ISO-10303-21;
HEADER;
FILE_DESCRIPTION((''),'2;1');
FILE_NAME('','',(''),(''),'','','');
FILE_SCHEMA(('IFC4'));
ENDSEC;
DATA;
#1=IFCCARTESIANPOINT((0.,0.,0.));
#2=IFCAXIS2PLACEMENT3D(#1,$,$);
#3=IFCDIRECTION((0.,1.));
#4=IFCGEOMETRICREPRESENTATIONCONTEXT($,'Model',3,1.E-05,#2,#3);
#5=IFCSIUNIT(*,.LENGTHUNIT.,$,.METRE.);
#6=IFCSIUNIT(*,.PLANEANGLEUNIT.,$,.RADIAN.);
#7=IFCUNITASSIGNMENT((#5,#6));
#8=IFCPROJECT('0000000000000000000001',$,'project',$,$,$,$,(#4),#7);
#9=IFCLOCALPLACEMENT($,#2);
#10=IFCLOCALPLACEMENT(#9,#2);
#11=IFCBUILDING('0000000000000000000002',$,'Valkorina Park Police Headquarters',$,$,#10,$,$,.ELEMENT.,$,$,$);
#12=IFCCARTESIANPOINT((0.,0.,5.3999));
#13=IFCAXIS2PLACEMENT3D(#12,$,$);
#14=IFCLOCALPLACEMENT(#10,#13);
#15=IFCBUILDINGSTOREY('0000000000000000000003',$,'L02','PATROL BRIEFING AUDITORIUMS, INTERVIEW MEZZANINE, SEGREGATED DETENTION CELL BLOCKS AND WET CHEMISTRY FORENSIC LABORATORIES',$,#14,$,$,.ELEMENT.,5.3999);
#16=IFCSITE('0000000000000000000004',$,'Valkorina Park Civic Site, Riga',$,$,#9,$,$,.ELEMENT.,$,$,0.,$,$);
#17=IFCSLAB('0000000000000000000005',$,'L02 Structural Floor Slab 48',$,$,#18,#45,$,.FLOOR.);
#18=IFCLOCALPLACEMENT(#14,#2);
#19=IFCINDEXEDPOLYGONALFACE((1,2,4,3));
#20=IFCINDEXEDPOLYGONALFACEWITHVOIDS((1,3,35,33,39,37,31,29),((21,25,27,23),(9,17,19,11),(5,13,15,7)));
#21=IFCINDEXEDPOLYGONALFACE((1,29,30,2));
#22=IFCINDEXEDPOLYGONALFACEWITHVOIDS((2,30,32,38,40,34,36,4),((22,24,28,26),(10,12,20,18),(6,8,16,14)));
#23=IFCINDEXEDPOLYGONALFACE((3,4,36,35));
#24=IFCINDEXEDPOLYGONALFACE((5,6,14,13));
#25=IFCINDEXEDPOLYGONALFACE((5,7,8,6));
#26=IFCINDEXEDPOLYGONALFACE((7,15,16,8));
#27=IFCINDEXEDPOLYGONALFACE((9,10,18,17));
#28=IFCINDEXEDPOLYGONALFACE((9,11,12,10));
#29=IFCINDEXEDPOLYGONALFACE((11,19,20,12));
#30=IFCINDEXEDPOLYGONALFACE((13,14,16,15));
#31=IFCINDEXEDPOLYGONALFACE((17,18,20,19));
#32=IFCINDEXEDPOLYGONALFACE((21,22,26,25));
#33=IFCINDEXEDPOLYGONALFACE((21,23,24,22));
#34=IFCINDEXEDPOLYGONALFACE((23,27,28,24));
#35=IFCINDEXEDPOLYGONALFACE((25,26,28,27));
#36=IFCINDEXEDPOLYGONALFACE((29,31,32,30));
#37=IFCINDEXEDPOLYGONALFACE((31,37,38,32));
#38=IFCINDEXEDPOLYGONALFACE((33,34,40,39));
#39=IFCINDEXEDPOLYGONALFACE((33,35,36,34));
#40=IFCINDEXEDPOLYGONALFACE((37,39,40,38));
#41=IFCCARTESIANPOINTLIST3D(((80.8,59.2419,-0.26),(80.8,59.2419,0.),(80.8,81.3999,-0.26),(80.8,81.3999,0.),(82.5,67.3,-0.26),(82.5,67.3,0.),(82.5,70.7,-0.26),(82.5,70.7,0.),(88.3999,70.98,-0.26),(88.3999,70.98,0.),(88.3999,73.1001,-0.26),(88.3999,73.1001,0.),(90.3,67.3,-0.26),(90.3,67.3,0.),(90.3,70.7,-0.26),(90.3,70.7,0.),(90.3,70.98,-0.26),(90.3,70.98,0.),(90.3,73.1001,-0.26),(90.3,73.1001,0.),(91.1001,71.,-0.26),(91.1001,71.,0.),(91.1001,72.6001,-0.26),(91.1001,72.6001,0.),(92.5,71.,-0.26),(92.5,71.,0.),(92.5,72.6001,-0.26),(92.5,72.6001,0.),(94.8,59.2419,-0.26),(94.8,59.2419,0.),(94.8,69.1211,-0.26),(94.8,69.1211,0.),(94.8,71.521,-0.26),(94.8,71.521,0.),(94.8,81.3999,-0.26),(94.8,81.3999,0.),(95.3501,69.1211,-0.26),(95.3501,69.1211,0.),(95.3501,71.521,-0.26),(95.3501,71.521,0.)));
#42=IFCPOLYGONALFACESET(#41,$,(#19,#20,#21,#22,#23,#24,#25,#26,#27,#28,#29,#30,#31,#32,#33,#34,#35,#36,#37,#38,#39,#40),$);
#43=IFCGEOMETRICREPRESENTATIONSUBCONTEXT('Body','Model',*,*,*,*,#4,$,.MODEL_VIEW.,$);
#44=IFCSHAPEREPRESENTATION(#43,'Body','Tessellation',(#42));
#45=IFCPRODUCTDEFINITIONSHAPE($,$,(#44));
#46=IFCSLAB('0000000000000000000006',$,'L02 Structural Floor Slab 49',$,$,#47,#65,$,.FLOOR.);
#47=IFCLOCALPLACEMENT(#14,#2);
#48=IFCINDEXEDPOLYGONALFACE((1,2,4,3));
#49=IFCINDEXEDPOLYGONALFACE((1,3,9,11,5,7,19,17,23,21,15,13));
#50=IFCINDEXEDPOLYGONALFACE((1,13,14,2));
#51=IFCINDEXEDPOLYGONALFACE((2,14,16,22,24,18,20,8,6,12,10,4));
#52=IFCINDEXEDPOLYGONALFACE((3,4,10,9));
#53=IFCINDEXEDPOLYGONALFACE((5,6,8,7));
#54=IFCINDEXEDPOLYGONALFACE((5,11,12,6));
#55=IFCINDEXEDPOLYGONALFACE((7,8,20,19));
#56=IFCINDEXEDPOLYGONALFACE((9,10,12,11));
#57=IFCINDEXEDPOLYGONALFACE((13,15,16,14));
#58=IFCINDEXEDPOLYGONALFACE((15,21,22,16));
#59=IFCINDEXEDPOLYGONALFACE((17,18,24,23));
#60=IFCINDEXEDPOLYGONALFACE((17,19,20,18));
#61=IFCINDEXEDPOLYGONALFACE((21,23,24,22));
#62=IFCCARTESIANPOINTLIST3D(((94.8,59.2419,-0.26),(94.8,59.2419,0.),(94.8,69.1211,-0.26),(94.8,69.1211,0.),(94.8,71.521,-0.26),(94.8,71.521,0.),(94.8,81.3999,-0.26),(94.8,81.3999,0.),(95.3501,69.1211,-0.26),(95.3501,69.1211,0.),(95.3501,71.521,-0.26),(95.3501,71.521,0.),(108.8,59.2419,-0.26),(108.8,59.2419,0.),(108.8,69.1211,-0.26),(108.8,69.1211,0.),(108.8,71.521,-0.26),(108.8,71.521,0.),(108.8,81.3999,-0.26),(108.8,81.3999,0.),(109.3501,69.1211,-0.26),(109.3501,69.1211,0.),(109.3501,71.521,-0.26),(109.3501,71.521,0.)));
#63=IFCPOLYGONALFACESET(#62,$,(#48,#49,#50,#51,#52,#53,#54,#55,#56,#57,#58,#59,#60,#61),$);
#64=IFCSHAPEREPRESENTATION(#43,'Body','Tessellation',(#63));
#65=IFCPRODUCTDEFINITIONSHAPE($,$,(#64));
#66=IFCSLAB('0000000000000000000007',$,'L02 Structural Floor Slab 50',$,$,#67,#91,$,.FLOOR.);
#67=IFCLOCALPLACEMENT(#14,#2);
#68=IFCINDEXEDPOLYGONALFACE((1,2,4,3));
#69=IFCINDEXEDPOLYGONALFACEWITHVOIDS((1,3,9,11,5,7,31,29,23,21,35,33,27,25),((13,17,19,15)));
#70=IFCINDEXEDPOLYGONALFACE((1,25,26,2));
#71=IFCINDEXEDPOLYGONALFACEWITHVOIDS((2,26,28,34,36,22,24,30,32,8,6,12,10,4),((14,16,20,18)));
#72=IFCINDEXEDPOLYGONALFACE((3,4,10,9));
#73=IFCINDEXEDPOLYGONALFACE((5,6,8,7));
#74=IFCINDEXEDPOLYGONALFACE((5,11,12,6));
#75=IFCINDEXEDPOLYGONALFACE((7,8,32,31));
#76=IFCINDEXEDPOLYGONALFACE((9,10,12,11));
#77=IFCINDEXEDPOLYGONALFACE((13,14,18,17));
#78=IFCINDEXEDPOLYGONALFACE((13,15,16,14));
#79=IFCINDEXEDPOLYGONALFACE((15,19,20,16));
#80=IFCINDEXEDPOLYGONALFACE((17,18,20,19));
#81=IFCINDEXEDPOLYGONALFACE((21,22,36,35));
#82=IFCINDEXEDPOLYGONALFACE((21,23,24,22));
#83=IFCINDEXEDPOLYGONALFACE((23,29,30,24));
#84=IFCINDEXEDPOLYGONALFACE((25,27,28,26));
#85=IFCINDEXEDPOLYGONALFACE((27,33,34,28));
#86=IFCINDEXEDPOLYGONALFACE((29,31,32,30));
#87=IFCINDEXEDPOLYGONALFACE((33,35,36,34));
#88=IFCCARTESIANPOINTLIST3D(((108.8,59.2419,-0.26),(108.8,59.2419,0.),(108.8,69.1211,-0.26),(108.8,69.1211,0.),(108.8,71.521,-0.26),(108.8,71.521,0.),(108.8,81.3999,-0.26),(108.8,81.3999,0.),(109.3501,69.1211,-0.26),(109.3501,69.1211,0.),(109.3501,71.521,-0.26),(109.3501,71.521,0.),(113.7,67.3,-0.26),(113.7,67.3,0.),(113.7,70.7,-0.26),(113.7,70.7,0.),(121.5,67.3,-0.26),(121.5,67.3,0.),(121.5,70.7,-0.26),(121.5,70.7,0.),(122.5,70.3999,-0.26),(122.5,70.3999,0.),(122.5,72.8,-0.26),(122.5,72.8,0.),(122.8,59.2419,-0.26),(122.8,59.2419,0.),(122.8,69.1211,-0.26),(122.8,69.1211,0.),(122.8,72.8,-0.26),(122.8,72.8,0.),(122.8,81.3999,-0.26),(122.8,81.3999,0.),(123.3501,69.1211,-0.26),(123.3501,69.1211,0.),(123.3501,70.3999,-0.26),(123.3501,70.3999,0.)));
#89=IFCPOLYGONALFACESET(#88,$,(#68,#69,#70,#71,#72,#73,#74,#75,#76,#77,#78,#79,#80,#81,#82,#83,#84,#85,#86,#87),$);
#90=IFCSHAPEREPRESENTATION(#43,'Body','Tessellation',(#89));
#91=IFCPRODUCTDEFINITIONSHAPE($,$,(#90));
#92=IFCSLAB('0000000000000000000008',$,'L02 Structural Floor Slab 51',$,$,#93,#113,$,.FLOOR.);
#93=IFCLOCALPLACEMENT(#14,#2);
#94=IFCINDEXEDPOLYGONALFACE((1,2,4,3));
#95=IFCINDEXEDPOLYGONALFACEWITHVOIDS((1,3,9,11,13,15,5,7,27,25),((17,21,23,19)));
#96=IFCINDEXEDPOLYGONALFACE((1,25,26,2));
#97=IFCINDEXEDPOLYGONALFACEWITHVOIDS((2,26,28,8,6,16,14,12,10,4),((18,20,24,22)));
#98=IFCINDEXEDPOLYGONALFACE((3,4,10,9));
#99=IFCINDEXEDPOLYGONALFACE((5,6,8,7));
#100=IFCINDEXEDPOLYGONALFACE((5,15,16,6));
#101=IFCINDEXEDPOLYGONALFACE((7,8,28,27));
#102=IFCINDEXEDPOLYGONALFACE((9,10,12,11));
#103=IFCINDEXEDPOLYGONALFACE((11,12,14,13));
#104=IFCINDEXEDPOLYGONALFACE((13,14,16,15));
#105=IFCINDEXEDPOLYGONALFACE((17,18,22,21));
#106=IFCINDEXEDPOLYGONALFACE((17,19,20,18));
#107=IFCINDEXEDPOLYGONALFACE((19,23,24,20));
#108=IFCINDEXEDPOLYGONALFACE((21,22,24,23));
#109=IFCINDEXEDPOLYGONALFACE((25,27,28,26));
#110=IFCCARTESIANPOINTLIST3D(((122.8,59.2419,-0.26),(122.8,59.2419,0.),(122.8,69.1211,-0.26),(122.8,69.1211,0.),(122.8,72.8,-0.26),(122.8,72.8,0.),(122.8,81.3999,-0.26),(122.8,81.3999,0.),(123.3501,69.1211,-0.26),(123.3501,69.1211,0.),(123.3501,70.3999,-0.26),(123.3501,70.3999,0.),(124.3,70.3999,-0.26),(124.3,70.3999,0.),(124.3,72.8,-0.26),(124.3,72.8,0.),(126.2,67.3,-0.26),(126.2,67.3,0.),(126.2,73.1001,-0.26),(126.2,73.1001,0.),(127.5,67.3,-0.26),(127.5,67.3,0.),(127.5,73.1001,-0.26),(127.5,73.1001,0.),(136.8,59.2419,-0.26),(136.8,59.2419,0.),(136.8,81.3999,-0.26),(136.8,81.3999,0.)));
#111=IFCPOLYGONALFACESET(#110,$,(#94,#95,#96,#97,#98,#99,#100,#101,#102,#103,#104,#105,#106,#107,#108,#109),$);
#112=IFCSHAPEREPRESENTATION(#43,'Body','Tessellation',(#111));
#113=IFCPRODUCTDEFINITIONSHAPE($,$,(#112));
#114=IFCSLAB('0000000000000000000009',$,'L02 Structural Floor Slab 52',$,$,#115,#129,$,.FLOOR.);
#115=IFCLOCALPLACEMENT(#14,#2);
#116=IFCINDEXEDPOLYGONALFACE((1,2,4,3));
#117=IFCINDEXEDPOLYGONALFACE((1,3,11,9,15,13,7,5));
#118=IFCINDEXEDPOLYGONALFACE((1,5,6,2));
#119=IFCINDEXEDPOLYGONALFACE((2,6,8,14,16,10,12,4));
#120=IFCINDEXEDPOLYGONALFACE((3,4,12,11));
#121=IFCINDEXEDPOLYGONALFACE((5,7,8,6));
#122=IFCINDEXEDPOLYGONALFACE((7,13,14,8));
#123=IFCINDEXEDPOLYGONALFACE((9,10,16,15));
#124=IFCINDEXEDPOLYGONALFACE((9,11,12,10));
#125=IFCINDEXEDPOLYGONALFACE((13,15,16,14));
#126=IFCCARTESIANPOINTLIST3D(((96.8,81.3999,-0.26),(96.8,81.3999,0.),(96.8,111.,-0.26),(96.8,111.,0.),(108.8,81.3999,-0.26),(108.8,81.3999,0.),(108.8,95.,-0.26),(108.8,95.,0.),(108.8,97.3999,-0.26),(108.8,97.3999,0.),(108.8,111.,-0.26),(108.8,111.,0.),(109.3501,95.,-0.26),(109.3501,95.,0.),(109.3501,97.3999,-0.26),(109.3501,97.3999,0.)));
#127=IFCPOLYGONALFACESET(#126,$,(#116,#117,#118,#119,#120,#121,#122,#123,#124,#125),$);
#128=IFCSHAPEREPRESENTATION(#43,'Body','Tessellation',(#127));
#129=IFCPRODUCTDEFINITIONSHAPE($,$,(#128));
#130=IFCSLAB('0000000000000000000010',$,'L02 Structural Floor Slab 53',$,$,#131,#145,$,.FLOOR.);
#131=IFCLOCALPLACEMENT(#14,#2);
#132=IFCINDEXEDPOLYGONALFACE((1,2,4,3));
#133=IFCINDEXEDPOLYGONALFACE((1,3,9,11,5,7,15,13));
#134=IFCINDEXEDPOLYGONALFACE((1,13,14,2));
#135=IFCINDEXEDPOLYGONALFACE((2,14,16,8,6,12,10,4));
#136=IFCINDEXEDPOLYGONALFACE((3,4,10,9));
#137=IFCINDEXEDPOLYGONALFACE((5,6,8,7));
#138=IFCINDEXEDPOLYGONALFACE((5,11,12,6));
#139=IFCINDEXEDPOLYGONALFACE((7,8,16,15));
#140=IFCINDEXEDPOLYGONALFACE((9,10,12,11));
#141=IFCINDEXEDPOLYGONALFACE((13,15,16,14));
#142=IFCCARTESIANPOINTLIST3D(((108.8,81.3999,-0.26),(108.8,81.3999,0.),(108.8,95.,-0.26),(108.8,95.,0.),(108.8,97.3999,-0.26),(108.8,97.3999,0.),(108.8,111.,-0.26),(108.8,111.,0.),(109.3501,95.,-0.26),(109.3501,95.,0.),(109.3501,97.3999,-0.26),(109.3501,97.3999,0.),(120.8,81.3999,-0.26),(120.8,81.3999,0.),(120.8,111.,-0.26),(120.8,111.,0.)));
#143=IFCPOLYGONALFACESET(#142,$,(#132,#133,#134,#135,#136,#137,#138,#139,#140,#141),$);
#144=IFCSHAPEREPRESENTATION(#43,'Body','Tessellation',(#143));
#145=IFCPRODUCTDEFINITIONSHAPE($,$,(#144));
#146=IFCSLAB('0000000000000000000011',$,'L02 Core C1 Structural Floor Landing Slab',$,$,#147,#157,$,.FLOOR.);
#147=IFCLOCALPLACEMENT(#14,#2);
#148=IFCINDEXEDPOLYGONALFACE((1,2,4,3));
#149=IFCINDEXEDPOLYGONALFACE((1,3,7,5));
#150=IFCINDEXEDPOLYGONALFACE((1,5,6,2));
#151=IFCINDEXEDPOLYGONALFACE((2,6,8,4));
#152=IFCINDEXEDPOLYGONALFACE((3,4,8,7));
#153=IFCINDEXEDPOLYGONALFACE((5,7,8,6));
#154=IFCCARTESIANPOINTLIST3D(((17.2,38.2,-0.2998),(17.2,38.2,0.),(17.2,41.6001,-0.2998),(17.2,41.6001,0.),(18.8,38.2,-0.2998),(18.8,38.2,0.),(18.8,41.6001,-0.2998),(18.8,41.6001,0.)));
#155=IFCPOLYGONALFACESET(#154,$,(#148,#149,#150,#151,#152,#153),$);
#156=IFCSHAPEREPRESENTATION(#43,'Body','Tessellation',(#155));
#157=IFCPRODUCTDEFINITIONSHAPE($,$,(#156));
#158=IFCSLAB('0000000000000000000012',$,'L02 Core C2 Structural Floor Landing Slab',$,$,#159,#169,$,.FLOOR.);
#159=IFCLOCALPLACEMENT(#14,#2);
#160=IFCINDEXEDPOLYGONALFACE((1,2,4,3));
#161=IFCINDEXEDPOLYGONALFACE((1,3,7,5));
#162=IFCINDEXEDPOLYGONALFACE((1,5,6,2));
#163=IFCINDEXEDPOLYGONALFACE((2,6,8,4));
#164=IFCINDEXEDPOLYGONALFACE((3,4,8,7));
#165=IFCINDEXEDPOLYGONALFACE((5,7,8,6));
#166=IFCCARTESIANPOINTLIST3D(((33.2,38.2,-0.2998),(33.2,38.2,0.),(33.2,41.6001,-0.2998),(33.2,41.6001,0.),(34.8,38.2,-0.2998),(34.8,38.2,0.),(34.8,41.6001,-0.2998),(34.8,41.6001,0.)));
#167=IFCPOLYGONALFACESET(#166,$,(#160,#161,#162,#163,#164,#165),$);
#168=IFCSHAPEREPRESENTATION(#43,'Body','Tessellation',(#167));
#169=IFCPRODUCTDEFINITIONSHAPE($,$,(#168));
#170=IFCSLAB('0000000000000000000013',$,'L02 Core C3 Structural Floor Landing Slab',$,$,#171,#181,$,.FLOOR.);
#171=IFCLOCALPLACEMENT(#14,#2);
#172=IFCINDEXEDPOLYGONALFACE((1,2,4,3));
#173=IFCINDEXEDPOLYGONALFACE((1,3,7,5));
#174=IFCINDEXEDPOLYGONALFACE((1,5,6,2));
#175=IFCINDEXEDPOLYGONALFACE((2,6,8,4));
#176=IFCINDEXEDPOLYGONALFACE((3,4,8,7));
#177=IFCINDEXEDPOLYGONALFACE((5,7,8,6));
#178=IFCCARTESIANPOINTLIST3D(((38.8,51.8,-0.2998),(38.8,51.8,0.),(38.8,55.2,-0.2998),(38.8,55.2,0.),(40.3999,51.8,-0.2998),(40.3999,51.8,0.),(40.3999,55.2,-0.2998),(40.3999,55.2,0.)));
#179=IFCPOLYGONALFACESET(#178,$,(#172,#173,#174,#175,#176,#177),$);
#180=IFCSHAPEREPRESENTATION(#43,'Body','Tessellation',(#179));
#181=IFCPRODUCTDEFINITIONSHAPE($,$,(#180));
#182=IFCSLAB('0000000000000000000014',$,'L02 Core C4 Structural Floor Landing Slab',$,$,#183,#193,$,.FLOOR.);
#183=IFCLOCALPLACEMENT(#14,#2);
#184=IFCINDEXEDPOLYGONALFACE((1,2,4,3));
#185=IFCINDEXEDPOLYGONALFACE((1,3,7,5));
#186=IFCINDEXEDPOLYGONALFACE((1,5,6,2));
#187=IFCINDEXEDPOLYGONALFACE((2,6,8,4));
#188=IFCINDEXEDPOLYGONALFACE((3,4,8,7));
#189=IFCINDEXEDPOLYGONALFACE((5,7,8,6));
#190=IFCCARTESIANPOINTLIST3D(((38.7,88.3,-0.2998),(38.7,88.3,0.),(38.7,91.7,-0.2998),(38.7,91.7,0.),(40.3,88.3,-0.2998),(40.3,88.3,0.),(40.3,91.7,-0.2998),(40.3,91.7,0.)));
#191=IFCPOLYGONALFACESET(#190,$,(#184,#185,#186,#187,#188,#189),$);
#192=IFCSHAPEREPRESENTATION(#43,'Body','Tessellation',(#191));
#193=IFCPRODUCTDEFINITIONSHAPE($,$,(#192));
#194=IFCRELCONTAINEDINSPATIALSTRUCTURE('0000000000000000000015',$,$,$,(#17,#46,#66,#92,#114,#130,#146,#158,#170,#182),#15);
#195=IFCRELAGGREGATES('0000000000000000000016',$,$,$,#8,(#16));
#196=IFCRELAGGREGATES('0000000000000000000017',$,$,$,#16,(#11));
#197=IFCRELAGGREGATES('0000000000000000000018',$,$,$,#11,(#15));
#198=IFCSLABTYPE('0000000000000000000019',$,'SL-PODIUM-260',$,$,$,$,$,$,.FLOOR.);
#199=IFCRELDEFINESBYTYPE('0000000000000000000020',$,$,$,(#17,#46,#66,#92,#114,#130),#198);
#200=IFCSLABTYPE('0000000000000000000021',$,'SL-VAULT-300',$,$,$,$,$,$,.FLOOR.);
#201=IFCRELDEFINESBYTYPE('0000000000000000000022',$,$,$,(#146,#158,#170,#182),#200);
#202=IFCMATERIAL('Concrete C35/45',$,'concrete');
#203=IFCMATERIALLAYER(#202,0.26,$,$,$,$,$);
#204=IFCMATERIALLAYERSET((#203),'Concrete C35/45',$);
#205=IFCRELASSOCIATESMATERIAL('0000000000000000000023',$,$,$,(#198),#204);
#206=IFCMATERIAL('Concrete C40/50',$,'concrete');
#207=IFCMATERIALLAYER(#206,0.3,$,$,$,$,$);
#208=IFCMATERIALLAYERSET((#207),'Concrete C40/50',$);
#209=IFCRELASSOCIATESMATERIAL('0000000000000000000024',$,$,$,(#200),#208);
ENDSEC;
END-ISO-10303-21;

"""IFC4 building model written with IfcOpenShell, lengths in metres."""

from ifc_helpers import new_model, si_unit, direction, frame, origin, place, context, subcontext, project, spatial, polyline, outline, extrude, material, layer, layer_set, type_object, element, save


model = new_model("IFC4")

# Units and contexts
model_context = context("Model", 3, precision=1e-05, world=origin(), true_north=direction((0.0, 1.0)))
body_context = subcontext(model_context, "Body", "Model", "MODEL_VIEW")
ifc_project = project(units=[si_unit("LENGTHUNIT", "METRE"), si_unit("PLANEANGLEUNIT", "RADIAN")], contexts=[model_context])

# Site, building, storey
site_placement = place(None, origin())
site = spatial("IfcSite", under=ifc_project, at=site_placement, Name="Valkorina Park Civic Site, Riga", CompositionType="ELEMENT", RefElevation=0.0)
building_placement = place(site_placement, origin())
building = spatial("IfcBuilding", under=site, at=building_placement, Name="Valkorina Park Police Headquarters", CompositionType="ELEMENT")
storey_placement = place(building_placement, frame((0.0, 0.0, 5.3999)))
storey = spatial("IfcBuildingStorey", under=building, at=storey_placement, Name="L02", Description="PATROL BRIEFING AUDITORIUMS, INTERVIEW MEZZANINE, SEGREGATED DETENTION CELL BLOCKS AND WET CHEMISTRY FORENSIC LABORATORIES", CompositionType="ELEMENT", Elevation=5.3999)

# Shared definitions
ifc_material_1 = material(Name="Concrete C35/45", Category="concrete")

# Slabs
ifc_layer_1 = layer(ifc_material_1, 0.26)
ifc_layer_set_1 = layer_set([ifc_layer_1], Name="Concrete C35/45")
slab_type_1 = type_object("IfcSlabType", Name="SL-PODIUM-260", PredefinedType="FLOOR", material=ifc_layer_set_1)
slab_1_placement = place(storey_placement, frame((0.0, 0.0, -0.26)))
element("IfcSlab", 1, at=slab_1_placement, inside=storey, type_object=slab_type_1, Name="L02 Structural Floor Slab 48", PredefinedType="FLOOR", context=body_context, shape_type="SweptSolid", body=[
    extrude(outline(polyline([(94.8, 59.2419), (94.8, 69.1211), (95.3501, 69.1211), (95.3501, 71.521), (94.8, 71.521), (94.8, 81.3999), (80.8, 81.3999), (80.8, 59.2419), (94.8, 59.2419)]), holes=[polyline([(82.5, 70.7), (90.3, 70.7), (90.3, 67.3), (82.5, 67.3), (82.5, 70.7)]), polyline([(91.1001, 71.0), (91.1001, 72.6001), (92.5, 72.6001), (92.5, 71.0), (91.1001, 71.0)]), polyline([(90.3, 70.98), (88.3999, 70.98), (88.3999, 73.1001), (90.3, 73.1001), (90.3, 70.98)])]), origin(), (0.0, 0.0, 1.0), 0.26),
])
slab_2_placement = place(storey_placement, frame((0.0, 0.0, -0.26)))
element("IfcSlab", 2, at=slab_2_placement, inside=storey, type_object=slab_type_1, Name="L02 Structural Floor Slab 49", PredefinedType="FLOOR", context=body_context, shape_type="SweptSolid", body=[
    extrude(outline(polyline([(108.8, 81.3999), (94.8, 81.3999), (94.8, 71.521), (95.3501, 71.521), (95.3501, 69.1211), (94.8, 69.1211), (94.8, 59.2419), (108.8, 59.2419), (108.8, 69.1211), (109.3501, 69.1211), (109.3501, 71.521), (108.8, 71.521), (108.8, 81.3999)])), origin(), (0.0, 0.0, 1.0), 0.26),
])
slab_3_placement = place(storey_placement, frame((0.0, 0.0, -0.26)))
element("IfcSlab", 3, at=slab_3_placement, inside=storey, type_object=slab_type_1, Name="L02 Structural Floor Slab 50", PredefinedType="FLOOR", context=body_context, shape_type="SweptSolid", body=[
    extrude(outline(polyline([(122.8, 81.3999), (108.8, 81.3999), (108.8, 71.521), (109.3501, 71.521), (109.3501, 69.1211), (108.8, 69.1211), (108.8, 59.2419), (122.8, 59.2419), (122.8, 69.1211), (123.3501, 69.1211), (123.3501, 70.3999), (122.5, 70.3999), (122.5, 72.8), (122.8, 72.8), (122.8, 81.3999)]), holes=[polyline([(113.7, 70.7), (121.5, 70.7), (121.5, 67.3), (113.7, 67.3), (113.7, 70.7)])]), origin(), (0.0, 0.0, 1.0), 0.26),
])
slab_4_placement = place(storey_placement, frame((0.0, 0.0, -0.26)))
element("IfcSlab", 4, at=slab_4_placement, inside=storey, type_object=slab_type_1, Name="L02 Structural Floor Slab 51", PredefinedType="FLOOR", context=body_context, shape_type="SweptSolid", body=[
    extrude(outline(polyline([(122.8, 81.3999), (122.8, 72.8), (124.3, 72.8), (124.3, 70.3999), (123.3501, 70.3999), (123.3501, 69.1211), (122.8, 69.1211), (122.8, 59.2419), (136.8, 59.2419), (136.8, 81.3999), (122.8, 81.3999)]), holes=[polyline([(127.5, 67.3), (126.2, 67.3), (126.2, 73.1001), (127.5, 73.1001), (127.5, 67.3)])]), origin(), (0.0, 0.0, 1.0), 0.26),
])
slab_5_placement = place(storey_placement, frame((0.0, 0.0, -0.26)))
element("IfcSlab", 5, at=slab_5_placement, inside=storey, type_object=slab_type_1, Name="L02 Structural Floor Slab 52", PredefinedType="FLOOR", context=body_context, shape_type="SweptSolid", body=[
    extrude(outline(polyline([(108.8, 81.3999), (108.8, 95.0), (109.3501, 95.0), (109.3501, 97.3999), (108.8, 97.3999), (108.8, 111.0), (96.8, 111.0), (96.8, 81.3999), (108.8, 81.3999)])), origin(), (0.0, 0.0, 1.0), 0.26),
])
slab_6_placement = place(storey_placement, frame((0.0, 0.0, -0.26)))
element("IfcSlab", 6, at=slab_6_placement, inside=storey, type_object=slab_type_1, Name="L02 Structural Floor Slab 53", PredefinedType="FLOOR", context=body_context, shape_type="SweptSolid", body=[
    extrude(outline(polyline([(108.8, 111.0), (108.8, 97.3999), (109.3501, 97.3999), (109.3501, 95.0), (108.8, 95.0), (108.8, 81.3999), (120.8, 81.3999), (120.8, 111.0), (108.8, 111.0)])), origin(), (0.0, 0.0, 1.0), 0.26),
])
ifc_material_2 = material(Name="Concrete C40/50", Category="concrete")
ifc_layer_2 = layer(ifc_material_2, 0.3)
ifc_layer_set_2 = layer_set([ifc_layer_2], Name="Concrete C40/50")
slab_type_2 = type_object("IfcSlabType", Name="SL-VAULT-300", PredefinedType="FLOOR", material=ifc_layer_set_2)
slab_7_placement = place(storey_placement, frame((0.0, 0.0, -0.2998)))
element("IfcSlab", 7, at=slab_7_placement, inside=storey, type_object=slab_type_2, Name="L02 Core C1 Structural Floor Landing Slab", PredefinedType="FLOOR", context=body_context, shape_type="SweptSolid", body=[
    extrude(outline(polyline([(17.2, 38.2), (18.8, 38.2), (18.8, 41.6001), (17.2, 41.6001), (17.2, 38.2)])), origin(), (0.0, 0.0, 1.0), 0.2998),
])
slab_8_placement = place(storey_placement, frame((0.0, 0.0, -0.2998)))
element("IfcSlab", 8, at=slab_8_placement, inside=storey, type_object=slab_type_2, Name="L02 Core C2 Structural Floor Landing Slab", PredefinedType="FLOOR", context=body_context, shape_type="SweptSolid", body=[
    extrude(outline(polyline([(33.2, 38.2), (34.8, 38.2), (34.8, 41.6001), (33.2, 41.6001), (33.2, 38.2)])), origin(), (0.0, 0.0, 1.0), 0.2998),
])
slab_9_placement = place(storey_placement, frame((0.0, 0.0, -0.2998)))
element("IfcSlab", 9, at=slab_9_placement, inside=storey, type_object=slab_type_2, Name="L02 Core C3 Structural Floor Landing Slab", PredefinedType="FLOOR", context=body_context, shape_type="SweptSolid", body=[
    extrude(outline(polyline([(38.8, 51.8), (40.3999, 51.8), (40.3999, 55.2), (38.8, 55.2), (38.8, 51.8)])), origin(), (0.0, 0.0, 1.0), 0.2998),
])
slab_10_placement = place(storey_placement, frame((0.0, 0.0, -0.2998)))
element("IfcSlab", 10, at=slab_10_placement, inside=storey, type_object=slab_type_2, Name="L02 Core C4 Structural Floor Landing Slab", PredefinedType="FLOOR", context=body_context, shape_type="SweptSolid", body=[
    extrude(outline(polyline([(38.7, 88.3), (40.3, 88.3), (40.3, 91.7), (38.7, 91.7), (38.7, 88.3)])), origin(), (0.0, 0.0, 1.0), 0.2998),
])

save(model, "model.ifc")
